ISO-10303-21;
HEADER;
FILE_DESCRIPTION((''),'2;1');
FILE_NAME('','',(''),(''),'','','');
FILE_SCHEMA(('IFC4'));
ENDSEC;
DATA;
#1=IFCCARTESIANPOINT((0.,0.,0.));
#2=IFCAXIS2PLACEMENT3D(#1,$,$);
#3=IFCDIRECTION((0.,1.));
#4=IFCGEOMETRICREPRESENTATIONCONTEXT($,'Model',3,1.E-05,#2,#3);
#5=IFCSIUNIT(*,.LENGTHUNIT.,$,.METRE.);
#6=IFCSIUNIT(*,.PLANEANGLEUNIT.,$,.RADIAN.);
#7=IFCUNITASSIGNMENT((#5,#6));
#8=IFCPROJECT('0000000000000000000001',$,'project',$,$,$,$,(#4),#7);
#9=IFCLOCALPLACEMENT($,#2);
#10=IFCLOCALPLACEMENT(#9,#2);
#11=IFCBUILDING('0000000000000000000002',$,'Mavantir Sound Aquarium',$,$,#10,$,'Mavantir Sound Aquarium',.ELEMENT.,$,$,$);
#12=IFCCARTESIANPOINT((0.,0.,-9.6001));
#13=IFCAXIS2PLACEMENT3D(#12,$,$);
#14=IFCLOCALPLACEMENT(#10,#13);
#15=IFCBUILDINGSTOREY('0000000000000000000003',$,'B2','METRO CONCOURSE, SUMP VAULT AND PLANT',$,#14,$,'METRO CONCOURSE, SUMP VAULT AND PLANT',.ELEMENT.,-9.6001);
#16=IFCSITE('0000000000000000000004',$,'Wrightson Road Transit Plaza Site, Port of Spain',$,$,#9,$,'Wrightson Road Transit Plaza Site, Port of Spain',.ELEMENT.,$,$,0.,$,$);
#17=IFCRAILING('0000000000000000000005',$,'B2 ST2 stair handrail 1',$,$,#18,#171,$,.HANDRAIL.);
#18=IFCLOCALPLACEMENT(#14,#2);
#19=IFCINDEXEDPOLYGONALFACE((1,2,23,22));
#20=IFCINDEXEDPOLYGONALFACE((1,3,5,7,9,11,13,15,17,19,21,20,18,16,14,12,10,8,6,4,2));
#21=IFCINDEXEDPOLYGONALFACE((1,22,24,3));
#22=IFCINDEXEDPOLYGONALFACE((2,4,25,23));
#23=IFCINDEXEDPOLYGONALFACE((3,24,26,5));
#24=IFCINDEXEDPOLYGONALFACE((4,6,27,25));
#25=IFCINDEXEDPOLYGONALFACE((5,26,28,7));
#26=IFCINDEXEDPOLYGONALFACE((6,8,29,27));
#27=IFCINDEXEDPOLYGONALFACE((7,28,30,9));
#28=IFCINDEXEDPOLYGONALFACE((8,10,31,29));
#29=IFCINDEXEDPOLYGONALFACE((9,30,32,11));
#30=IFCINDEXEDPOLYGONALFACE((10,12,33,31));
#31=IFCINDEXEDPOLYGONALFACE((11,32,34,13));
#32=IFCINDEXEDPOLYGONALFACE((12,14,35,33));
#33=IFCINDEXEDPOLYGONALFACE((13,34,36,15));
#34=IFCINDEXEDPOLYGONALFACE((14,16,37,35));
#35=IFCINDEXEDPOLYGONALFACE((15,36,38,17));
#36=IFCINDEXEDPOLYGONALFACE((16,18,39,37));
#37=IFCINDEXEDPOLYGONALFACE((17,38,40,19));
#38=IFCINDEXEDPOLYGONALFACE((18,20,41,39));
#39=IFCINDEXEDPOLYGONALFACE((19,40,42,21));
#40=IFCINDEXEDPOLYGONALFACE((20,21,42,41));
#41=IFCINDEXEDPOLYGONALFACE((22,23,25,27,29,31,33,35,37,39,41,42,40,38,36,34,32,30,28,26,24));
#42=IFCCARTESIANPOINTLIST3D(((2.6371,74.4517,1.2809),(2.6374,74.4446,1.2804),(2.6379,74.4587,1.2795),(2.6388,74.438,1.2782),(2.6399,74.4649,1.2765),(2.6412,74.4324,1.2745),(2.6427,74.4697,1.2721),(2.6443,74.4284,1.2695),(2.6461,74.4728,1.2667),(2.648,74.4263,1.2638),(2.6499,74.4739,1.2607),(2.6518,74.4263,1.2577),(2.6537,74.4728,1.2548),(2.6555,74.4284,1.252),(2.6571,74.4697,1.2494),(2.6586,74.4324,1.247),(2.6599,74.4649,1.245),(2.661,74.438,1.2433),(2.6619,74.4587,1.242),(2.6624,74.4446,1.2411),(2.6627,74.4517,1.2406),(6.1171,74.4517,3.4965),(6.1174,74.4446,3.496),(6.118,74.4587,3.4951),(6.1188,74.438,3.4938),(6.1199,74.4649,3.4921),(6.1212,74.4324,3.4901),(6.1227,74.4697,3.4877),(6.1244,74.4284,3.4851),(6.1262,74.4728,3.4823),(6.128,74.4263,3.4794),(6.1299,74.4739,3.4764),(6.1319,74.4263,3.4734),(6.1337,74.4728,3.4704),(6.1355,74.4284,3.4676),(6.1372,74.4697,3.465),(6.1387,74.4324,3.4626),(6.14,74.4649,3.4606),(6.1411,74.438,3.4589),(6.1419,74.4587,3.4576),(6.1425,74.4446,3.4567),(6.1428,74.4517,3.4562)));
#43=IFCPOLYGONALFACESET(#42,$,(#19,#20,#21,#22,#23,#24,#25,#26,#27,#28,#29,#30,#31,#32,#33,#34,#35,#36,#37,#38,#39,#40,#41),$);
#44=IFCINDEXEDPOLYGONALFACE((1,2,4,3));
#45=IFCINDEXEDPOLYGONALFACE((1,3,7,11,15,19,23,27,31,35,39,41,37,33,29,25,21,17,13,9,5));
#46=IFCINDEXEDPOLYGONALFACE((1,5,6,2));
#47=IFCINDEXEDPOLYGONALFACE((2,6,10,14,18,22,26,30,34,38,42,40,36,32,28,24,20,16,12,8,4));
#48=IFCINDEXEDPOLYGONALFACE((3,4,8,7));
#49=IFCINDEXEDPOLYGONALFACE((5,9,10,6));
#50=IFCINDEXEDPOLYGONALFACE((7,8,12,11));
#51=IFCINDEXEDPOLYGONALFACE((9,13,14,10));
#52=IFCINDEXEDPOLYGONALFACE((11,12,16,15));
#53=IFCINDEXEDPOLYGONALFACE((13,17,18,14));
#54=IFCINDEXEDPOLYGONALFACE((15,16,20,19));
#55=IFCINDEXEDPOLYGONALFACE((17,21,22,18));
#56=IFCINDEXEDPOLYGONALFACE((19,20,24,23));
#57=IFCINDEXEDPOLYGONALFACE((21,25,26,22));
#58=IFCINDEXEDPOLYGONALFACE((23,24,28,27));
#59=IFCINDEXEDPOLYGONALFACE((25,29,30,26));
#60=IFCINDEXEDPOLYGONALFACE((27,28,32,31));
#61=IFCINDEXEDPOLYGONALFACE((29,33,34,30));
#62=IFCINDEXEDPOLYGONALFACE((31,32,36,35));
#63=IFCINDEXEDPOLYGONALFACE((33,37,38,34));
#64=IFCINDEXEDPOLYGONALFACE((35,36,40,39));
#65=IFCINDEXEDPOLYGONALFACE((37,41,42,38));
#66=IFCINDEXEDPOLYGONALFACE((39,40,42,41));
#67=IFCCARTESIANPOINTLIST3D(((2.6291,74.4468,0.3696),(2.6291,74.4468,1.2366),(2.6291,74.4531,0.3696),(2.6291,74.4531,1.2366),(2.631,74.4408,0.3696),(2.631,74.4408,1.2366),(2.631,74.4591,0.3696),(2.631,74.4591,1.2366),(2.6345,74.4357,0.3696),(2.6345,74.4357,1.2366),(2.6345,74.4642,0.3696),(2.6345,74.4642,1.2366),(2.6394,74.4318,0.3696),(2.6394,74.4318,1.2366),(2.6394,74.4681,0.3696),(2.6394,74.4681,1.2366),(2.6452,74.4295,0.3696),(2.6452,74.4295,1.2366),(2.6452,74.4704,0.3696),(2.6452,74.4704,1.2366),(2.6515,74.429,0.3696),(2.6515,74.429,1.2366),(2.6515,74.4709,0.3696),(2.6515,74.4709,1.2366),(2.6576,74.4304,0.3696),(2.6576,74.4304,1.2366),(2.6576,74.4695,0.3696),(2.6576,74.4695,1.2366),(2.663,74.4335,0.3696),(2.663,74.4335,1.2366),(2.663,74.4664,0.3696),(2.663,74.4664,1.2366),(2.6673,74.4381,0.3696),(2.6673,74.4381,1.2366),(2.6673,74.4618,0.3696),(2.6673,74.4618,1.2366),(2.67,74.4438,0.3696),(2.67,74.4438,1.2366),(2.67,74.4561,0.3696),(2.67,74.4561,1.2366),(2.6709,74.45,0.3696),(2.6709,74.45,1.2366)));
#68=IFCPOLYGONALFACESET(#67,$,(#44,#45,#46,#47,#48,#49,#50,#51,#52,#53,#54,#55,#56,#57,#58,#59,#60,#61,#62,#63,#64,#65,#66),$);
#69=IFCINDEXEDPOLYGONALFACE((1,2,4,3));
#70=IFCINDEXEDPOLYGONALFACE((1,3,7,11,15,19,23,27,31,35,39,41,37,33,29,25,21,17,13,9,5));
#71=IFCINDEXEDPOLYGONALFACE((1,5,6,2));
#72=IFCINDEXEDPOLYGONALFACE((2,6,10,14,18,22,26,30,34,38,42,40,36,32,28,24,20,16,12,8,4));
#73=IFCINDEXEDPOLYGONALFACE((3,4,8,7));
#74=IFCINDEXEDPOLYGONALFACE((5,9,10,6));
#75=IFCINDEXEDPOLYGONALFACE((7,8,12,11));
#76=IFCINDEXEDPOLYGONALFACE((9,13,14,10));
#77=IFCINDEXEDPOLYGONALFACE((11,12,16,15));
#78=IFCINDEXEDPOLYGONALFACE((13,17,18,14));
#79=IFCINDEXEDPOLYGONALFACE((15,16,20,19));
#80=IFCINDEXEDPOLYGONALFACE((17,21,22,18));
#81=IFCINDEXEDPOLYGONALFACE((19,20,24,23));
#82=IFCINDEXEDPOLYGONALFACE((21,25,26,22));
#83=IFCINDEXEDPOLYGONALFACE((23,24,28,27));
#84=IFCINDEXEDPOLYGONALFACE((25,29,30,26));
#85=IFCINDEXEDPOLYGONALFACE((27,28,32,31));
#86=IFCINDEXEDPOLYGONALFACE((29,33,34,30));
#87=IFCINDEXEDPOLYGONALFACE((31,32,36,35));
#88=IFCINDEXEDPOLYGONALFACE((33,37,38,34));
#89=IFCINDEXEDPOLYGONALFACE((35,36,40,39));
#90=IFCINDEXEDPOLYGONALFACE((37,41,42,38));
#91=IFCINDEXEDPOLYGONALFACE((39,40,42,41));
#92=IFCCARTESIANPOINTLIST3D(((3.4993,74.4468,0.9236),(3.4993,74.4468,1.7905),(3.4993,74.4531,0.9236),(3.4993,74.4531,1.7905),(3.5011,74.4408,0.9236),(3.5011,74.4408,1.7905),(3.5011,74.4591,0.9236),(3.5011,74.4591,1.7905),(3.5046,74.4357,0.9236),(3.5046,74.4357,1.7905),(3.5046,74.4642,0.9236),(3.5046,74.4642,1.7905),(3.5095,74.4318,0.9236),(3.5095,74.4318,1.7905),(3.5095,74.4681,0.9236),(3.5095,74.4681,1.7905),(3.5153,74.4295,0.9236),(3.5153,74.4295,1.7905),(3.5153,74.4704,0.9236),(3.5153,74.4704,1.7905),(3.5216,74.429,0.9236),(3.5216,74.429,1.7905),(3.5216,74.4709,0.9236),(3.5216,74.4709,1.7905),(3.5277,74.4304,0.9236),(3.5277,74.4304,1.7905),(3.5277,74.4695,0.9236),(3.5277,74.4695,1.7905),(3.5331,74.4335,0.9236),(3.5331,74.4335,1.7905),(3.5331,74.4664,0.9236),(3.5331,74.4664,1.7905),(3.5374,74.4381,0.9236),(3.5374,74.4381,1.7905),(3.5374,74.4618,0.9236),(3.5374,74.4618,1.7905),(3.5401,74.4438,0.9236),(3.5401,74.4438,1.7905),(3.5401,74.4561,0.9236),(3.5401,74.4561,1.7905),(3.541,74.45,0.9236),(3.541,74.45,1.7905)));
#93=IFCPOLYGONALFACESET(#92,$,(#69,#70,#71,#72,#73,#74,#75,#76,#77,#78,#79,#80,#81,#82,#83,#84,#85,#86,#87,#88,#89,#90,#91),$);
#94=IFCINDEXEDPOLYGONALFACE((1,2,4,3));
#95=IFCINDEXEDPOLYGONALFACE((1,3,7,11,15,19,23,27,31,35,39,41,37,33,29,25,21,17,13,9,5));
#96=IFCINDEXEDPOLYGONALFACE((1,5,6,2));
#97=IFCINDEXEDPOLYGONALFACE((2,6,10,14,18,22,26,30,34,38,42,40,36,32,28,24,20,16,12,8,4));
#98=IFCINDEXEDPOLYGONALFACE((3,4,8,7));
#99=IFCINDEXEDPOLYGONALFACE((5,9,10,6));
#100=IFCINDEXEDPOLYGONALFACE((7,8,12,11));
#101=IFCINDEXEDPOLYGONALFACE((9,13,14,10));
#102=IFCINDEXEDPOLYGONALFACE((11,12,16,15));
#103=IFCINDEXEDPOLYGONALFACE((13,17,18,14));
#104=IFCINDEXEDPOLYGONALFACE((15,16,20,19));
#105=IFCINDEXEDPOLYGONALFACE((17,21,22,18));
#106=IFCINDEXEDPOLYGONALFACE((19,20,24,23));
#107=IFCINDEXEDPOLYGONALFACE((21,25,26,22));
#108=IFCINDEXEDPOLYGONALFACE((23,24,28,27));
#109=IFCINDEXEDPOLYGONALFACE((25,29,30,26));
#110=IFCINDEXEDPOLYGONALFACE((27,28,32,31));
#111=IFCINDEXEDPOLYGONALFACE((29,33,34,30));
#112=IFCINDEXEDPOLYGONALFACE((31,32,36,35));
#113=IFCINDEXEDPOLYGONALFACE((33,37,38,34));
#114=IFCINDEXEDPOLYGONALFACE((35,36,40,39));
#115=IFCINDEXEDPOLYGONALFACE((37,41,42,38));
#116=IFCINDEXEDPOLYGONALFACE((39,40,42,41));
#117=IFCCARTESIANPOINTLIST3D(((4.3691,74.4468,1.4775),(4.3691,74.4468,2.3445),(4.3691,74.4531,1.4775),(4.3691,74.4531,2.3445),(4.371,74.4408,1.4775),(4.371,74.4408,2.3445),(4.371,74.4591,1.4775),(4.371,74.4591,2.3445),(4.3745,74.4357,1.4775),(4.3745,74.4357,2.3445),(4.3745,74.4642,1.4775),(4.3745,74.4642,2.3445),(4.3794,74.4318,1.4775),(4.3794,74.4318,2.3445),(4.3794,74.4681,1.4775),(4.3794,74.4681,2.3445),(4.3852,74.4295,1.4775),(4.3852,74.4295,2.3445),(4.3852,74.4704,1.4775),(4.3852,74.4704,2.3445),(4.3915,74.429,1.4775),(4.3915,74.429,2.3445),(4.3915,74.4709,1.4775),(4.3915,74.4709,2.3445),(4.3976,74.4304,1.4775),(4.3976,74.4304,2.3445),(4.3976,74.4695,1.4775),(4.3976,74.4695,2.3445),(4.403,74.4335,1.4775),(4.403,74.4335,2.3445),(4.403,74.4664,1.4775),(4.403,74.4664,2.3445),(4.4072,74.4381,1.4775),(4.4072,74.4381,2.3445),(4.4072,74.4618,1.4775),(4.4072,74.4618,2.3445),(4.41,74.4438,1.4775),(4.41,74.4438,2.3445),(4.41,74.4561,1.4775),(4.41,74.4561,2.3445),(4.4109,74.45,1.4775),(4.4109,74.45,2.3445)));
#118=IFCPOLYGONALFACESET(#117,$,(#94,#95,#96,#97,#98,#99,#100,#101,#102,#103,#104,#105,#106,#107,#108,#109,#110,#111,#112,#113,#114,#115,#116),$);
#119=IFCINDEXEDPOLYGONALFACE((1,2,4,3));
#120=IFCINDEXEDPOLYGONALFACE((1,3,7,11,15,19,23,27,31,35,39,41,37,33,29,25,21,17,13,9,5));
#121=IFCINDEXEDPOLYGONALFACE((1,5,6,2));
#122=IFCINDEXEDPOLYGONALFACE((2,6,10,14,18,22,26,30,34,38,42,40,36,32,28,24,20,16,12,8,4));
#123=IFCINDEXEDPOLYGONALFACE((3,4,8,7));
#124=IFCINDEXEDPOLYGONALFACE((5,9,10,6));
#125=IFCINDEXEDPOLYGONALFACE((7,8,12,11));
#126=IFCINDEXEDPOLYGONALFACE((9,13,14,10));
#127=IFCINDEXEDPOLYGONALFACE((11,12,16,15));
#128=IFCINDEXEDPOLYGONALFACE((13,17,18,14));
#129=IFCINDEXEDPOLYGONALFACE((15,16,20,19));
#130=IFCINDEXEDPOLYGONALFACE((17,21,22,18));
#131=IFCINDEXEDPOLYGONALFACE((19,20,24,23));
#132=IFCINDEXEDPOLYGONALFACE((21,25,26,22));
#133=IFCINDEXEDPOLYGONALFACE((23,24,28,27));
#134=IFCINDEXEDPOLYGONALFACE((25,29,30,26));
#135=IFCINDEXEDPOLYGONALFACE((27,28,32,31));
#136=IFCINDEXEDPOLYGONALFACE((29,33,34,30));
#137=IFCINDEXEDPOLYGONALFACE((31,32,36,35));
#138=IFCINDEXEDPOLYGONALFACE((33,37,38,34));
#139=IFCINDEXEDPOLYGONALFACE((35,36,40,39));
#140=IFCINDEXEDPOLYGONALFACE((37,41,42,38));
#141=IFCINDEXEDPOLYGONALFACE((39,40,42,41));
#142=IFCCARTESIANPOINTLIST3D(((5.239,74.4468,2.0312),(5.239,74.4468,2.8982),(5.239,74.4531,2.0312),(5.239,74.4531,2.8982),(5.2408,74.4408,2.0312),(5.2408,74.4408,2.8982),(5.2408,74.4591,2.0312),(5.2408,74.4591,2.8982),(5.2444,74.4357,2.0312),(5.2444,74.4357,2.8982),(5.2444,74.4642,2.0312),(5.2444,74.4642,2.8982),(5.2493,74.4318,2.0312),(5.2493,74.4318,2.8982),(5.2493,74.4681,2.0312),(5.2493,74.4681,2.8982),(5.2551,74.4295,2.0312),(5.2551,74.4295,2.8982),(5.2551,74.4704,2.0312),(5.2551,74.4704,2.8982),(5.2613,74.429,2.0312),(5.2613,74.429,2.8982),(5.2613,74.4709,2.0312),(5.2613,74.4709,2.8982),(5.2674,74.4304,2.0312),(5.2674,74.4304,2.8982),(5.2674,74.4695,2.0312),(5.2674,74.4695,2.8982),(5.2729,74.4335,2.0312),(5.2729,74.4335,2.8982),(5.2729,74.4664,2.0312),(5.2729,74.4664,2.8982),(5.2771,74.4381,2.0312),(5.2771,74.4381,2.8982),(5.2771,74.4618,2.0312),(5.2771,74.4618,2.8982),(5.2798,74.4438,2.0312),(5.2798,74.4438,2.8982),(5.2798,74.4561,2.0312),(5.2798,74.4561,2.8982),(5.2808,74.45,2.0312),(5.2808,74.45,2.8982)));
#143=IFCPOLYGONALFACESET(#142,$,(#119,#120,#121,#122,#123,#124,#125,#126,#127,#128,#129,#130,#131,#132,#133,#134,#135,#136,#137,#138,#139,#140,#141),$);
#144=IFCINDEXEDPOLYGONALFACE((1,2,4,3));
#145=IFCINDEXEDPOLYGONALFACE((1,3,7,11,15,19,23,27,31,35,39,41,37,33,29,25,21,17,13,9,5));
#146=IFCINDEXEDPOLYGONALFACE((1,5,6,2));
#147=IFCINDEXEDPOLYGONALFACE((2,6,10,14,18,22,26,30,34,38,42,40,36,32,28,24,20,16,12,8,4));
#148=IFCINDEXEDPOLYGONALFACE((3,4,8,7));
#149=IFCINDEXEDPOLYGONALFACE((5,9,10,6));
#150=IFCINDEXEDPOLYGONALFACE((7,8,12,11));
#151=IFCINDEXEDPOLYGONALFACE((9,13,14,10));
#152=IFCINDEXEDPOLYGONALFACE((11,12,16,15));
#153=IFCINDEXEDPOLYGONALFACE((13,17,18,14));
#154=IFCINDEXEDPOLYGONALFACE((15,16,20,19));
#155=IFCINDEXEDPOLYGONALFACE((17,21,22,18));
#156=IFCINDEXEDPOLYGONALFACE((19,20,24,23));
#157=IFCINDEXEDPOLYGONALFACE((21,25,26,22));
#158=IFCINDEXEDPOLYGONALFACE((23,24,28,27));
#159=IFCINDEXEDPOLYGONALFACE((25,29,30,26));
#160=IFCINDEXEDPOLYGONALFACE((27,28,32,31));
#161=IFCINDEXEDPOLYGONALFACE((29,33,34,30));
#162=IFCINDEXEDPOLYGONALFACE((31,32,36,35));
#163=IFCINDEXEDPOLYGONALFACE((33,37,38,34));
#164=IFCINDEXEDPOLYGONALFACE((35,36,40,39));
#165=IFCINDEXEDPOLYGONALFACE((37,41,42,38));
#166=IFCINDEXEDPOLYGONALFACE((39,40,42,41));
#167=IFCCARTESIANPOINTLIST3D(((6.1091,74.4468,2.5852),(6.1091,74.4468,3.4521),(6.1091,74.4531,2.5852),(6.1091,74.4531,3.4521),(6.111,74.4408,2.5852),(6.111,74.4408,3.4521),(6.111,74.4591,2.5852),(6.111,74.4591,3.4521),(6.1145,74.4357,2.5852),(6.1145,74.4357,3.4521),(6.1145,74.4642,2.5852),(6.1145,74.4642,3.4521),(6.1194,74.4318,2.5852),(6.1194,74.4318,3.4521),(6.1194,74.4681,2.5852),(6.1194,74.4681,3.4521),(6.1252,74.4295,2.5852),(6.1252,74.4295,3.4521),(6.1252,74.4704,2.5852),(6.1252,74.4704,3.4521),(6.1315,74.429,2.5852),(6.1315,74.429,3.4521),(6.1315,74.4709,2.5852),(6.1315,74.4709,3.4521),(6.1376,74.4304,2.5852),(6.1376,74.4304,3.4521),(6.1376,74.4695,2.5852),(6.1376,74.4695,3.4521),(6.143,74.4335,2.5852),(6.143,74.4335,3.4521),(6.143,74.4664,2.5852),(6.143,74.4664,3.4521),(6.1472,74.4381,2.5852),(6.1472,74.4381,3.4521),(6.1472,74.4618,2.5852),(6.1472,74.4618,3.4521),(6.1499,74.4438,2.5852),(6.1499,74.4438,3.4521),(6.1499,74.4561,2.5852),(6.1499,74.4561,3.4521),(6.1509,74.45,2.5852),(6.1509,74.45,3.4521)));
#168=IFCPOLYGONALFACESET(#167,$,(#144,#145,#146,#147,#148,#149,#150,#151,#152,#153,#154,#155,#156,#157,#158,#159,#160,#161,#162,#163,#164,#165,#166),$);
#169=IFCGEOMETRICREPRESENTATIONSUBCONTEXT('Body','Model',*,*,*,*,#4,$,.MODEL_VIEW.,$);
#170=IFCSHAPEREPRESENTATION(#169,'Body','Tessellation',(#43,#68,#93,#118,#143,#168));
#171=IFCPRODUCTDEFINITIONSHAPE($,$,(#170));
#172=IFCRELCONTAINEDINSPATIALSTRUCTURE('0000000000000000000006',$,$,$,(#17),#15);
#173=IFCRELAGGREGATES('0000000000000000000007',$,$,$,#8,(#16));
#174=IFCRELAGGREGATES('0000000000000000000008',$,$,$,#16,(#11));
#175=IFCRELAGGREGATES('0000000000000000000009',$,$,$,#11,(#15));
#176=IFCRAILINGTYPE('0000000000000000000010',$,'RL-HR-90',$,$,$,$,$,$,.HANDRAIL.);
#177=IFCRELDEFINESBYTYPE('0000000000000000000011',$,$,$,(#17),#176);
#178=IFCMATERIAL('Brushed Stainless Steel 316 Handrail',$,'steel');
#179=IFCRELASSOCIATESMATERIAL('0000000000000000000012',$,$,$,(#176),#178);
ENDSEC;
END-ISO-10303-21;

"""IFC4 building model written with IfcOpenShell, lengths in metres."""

from ifc_helpers import new_model, si_unit, direction, frame, origin, origin_2d, place, context, subcontext, project, spatial, circle, extrude, material, type_object, element, save


model = new_model("IFC4")

# Units and contexts
model_context = context("Model", 3, precision=1e-05, world=origin(), true_north=direction((0.0, 1.0)))
body_context = subcontext(model_context, "Body", "Model", "MODEL_VIEW")
ifc_project = project(units=[si_unit("LENGTHUNIT", "METRE"), si_unit("PLANEANGLEUNIT", "RADIAN")], contexts=[model_context])

# Site, building, storey
site_placement = place(None, origin())
site = spatial("IfcSite", under=ifc_project, at=site_placement, Name="Wrightson Road Transit Plaza Site, Port of Spain", LongName="Wrightson Road Transit Plaza Site, Port of Spain", CompositionType="ELEMENT", RefElevation=0.0)
building_placement = place(site_placement, origin())
building = spatial("IfcBuilding", under=site, at=building_placement, Name="Mavantir Sound Aquarium", LongName="Mavantir Sound Aquarium", CompositionType="ELEMENT")
storey_placement = place(building_placement, frame((0.0, 0.0, -9.6001)))
storey = spatial("IfcBuildingStorey", under=building, at=storey_placement, Name="B2", Description="METRO CONCOURSE, SUMP VAULT AND PLANT", LongName="METRO CONCOURSE, SUMP VAULT AND PLANT", CompositionType="ELEMENT", Elevation=-9.6001)

# Railing
ifc_material_1 = material(Name="Brushed Stainless Steel 316 Handrail", Category="steel")
railing_type_1 = type_object("IfcRailingType", Name="RL-HR-90", PredefinedType="HANDRAIL", material=ifc_material_1)
railing_1_placement = place(storey_placement, frame((2.6499, 74.45, 0.3696)))
element("IfcRailing", 1, at=railing_1_placement, inside=storey, type_object=railing_type_1, Name="B2 ST2 stair handrail 1", PredefinedType="HANDRAIL", context=body_context, shape_type="SweptSolid", body=[
    extrude(circle(Radius=0.0239, at=origin_2d()), frame((0.0, 0.0, 0.8911), z_axis=(0.843547, 0.0, 0.537055), x_axis=(0.0, 1.0, 0.0)), (0.0, 0.0, 1.0), 4.1255),
    extrude(circle(Radius=0.021, at=origin_2d()), origin(), (0.0, 0.0, 1.0), 0.8669),
    extrude(circle(Radius=0.021, at=origin_2d()), frame((0.8701, 0.0, 0.554)), (0.0, 0.0, 1.0), 0.8669),
    extrude(circle(Radius=0.021, at=origin_2d()), frame((1.74, 0.0, 1.1079)), (0.0, 0.0, 1.0), 0.8669),
    extrude(circle(Radius=0.021, at=origin_2d()), frame((2.6099, 0.0, 1.6616)), (0.0, 0.0, 1.0), 0.8669),
    extrude(circle(Radius=0.021, at=origin_2d()), frame((3.48, 0.0, 2.2156)), (0.0, 0.0, 1.0), 0.8669),
])

save(model, "model.ifc")
